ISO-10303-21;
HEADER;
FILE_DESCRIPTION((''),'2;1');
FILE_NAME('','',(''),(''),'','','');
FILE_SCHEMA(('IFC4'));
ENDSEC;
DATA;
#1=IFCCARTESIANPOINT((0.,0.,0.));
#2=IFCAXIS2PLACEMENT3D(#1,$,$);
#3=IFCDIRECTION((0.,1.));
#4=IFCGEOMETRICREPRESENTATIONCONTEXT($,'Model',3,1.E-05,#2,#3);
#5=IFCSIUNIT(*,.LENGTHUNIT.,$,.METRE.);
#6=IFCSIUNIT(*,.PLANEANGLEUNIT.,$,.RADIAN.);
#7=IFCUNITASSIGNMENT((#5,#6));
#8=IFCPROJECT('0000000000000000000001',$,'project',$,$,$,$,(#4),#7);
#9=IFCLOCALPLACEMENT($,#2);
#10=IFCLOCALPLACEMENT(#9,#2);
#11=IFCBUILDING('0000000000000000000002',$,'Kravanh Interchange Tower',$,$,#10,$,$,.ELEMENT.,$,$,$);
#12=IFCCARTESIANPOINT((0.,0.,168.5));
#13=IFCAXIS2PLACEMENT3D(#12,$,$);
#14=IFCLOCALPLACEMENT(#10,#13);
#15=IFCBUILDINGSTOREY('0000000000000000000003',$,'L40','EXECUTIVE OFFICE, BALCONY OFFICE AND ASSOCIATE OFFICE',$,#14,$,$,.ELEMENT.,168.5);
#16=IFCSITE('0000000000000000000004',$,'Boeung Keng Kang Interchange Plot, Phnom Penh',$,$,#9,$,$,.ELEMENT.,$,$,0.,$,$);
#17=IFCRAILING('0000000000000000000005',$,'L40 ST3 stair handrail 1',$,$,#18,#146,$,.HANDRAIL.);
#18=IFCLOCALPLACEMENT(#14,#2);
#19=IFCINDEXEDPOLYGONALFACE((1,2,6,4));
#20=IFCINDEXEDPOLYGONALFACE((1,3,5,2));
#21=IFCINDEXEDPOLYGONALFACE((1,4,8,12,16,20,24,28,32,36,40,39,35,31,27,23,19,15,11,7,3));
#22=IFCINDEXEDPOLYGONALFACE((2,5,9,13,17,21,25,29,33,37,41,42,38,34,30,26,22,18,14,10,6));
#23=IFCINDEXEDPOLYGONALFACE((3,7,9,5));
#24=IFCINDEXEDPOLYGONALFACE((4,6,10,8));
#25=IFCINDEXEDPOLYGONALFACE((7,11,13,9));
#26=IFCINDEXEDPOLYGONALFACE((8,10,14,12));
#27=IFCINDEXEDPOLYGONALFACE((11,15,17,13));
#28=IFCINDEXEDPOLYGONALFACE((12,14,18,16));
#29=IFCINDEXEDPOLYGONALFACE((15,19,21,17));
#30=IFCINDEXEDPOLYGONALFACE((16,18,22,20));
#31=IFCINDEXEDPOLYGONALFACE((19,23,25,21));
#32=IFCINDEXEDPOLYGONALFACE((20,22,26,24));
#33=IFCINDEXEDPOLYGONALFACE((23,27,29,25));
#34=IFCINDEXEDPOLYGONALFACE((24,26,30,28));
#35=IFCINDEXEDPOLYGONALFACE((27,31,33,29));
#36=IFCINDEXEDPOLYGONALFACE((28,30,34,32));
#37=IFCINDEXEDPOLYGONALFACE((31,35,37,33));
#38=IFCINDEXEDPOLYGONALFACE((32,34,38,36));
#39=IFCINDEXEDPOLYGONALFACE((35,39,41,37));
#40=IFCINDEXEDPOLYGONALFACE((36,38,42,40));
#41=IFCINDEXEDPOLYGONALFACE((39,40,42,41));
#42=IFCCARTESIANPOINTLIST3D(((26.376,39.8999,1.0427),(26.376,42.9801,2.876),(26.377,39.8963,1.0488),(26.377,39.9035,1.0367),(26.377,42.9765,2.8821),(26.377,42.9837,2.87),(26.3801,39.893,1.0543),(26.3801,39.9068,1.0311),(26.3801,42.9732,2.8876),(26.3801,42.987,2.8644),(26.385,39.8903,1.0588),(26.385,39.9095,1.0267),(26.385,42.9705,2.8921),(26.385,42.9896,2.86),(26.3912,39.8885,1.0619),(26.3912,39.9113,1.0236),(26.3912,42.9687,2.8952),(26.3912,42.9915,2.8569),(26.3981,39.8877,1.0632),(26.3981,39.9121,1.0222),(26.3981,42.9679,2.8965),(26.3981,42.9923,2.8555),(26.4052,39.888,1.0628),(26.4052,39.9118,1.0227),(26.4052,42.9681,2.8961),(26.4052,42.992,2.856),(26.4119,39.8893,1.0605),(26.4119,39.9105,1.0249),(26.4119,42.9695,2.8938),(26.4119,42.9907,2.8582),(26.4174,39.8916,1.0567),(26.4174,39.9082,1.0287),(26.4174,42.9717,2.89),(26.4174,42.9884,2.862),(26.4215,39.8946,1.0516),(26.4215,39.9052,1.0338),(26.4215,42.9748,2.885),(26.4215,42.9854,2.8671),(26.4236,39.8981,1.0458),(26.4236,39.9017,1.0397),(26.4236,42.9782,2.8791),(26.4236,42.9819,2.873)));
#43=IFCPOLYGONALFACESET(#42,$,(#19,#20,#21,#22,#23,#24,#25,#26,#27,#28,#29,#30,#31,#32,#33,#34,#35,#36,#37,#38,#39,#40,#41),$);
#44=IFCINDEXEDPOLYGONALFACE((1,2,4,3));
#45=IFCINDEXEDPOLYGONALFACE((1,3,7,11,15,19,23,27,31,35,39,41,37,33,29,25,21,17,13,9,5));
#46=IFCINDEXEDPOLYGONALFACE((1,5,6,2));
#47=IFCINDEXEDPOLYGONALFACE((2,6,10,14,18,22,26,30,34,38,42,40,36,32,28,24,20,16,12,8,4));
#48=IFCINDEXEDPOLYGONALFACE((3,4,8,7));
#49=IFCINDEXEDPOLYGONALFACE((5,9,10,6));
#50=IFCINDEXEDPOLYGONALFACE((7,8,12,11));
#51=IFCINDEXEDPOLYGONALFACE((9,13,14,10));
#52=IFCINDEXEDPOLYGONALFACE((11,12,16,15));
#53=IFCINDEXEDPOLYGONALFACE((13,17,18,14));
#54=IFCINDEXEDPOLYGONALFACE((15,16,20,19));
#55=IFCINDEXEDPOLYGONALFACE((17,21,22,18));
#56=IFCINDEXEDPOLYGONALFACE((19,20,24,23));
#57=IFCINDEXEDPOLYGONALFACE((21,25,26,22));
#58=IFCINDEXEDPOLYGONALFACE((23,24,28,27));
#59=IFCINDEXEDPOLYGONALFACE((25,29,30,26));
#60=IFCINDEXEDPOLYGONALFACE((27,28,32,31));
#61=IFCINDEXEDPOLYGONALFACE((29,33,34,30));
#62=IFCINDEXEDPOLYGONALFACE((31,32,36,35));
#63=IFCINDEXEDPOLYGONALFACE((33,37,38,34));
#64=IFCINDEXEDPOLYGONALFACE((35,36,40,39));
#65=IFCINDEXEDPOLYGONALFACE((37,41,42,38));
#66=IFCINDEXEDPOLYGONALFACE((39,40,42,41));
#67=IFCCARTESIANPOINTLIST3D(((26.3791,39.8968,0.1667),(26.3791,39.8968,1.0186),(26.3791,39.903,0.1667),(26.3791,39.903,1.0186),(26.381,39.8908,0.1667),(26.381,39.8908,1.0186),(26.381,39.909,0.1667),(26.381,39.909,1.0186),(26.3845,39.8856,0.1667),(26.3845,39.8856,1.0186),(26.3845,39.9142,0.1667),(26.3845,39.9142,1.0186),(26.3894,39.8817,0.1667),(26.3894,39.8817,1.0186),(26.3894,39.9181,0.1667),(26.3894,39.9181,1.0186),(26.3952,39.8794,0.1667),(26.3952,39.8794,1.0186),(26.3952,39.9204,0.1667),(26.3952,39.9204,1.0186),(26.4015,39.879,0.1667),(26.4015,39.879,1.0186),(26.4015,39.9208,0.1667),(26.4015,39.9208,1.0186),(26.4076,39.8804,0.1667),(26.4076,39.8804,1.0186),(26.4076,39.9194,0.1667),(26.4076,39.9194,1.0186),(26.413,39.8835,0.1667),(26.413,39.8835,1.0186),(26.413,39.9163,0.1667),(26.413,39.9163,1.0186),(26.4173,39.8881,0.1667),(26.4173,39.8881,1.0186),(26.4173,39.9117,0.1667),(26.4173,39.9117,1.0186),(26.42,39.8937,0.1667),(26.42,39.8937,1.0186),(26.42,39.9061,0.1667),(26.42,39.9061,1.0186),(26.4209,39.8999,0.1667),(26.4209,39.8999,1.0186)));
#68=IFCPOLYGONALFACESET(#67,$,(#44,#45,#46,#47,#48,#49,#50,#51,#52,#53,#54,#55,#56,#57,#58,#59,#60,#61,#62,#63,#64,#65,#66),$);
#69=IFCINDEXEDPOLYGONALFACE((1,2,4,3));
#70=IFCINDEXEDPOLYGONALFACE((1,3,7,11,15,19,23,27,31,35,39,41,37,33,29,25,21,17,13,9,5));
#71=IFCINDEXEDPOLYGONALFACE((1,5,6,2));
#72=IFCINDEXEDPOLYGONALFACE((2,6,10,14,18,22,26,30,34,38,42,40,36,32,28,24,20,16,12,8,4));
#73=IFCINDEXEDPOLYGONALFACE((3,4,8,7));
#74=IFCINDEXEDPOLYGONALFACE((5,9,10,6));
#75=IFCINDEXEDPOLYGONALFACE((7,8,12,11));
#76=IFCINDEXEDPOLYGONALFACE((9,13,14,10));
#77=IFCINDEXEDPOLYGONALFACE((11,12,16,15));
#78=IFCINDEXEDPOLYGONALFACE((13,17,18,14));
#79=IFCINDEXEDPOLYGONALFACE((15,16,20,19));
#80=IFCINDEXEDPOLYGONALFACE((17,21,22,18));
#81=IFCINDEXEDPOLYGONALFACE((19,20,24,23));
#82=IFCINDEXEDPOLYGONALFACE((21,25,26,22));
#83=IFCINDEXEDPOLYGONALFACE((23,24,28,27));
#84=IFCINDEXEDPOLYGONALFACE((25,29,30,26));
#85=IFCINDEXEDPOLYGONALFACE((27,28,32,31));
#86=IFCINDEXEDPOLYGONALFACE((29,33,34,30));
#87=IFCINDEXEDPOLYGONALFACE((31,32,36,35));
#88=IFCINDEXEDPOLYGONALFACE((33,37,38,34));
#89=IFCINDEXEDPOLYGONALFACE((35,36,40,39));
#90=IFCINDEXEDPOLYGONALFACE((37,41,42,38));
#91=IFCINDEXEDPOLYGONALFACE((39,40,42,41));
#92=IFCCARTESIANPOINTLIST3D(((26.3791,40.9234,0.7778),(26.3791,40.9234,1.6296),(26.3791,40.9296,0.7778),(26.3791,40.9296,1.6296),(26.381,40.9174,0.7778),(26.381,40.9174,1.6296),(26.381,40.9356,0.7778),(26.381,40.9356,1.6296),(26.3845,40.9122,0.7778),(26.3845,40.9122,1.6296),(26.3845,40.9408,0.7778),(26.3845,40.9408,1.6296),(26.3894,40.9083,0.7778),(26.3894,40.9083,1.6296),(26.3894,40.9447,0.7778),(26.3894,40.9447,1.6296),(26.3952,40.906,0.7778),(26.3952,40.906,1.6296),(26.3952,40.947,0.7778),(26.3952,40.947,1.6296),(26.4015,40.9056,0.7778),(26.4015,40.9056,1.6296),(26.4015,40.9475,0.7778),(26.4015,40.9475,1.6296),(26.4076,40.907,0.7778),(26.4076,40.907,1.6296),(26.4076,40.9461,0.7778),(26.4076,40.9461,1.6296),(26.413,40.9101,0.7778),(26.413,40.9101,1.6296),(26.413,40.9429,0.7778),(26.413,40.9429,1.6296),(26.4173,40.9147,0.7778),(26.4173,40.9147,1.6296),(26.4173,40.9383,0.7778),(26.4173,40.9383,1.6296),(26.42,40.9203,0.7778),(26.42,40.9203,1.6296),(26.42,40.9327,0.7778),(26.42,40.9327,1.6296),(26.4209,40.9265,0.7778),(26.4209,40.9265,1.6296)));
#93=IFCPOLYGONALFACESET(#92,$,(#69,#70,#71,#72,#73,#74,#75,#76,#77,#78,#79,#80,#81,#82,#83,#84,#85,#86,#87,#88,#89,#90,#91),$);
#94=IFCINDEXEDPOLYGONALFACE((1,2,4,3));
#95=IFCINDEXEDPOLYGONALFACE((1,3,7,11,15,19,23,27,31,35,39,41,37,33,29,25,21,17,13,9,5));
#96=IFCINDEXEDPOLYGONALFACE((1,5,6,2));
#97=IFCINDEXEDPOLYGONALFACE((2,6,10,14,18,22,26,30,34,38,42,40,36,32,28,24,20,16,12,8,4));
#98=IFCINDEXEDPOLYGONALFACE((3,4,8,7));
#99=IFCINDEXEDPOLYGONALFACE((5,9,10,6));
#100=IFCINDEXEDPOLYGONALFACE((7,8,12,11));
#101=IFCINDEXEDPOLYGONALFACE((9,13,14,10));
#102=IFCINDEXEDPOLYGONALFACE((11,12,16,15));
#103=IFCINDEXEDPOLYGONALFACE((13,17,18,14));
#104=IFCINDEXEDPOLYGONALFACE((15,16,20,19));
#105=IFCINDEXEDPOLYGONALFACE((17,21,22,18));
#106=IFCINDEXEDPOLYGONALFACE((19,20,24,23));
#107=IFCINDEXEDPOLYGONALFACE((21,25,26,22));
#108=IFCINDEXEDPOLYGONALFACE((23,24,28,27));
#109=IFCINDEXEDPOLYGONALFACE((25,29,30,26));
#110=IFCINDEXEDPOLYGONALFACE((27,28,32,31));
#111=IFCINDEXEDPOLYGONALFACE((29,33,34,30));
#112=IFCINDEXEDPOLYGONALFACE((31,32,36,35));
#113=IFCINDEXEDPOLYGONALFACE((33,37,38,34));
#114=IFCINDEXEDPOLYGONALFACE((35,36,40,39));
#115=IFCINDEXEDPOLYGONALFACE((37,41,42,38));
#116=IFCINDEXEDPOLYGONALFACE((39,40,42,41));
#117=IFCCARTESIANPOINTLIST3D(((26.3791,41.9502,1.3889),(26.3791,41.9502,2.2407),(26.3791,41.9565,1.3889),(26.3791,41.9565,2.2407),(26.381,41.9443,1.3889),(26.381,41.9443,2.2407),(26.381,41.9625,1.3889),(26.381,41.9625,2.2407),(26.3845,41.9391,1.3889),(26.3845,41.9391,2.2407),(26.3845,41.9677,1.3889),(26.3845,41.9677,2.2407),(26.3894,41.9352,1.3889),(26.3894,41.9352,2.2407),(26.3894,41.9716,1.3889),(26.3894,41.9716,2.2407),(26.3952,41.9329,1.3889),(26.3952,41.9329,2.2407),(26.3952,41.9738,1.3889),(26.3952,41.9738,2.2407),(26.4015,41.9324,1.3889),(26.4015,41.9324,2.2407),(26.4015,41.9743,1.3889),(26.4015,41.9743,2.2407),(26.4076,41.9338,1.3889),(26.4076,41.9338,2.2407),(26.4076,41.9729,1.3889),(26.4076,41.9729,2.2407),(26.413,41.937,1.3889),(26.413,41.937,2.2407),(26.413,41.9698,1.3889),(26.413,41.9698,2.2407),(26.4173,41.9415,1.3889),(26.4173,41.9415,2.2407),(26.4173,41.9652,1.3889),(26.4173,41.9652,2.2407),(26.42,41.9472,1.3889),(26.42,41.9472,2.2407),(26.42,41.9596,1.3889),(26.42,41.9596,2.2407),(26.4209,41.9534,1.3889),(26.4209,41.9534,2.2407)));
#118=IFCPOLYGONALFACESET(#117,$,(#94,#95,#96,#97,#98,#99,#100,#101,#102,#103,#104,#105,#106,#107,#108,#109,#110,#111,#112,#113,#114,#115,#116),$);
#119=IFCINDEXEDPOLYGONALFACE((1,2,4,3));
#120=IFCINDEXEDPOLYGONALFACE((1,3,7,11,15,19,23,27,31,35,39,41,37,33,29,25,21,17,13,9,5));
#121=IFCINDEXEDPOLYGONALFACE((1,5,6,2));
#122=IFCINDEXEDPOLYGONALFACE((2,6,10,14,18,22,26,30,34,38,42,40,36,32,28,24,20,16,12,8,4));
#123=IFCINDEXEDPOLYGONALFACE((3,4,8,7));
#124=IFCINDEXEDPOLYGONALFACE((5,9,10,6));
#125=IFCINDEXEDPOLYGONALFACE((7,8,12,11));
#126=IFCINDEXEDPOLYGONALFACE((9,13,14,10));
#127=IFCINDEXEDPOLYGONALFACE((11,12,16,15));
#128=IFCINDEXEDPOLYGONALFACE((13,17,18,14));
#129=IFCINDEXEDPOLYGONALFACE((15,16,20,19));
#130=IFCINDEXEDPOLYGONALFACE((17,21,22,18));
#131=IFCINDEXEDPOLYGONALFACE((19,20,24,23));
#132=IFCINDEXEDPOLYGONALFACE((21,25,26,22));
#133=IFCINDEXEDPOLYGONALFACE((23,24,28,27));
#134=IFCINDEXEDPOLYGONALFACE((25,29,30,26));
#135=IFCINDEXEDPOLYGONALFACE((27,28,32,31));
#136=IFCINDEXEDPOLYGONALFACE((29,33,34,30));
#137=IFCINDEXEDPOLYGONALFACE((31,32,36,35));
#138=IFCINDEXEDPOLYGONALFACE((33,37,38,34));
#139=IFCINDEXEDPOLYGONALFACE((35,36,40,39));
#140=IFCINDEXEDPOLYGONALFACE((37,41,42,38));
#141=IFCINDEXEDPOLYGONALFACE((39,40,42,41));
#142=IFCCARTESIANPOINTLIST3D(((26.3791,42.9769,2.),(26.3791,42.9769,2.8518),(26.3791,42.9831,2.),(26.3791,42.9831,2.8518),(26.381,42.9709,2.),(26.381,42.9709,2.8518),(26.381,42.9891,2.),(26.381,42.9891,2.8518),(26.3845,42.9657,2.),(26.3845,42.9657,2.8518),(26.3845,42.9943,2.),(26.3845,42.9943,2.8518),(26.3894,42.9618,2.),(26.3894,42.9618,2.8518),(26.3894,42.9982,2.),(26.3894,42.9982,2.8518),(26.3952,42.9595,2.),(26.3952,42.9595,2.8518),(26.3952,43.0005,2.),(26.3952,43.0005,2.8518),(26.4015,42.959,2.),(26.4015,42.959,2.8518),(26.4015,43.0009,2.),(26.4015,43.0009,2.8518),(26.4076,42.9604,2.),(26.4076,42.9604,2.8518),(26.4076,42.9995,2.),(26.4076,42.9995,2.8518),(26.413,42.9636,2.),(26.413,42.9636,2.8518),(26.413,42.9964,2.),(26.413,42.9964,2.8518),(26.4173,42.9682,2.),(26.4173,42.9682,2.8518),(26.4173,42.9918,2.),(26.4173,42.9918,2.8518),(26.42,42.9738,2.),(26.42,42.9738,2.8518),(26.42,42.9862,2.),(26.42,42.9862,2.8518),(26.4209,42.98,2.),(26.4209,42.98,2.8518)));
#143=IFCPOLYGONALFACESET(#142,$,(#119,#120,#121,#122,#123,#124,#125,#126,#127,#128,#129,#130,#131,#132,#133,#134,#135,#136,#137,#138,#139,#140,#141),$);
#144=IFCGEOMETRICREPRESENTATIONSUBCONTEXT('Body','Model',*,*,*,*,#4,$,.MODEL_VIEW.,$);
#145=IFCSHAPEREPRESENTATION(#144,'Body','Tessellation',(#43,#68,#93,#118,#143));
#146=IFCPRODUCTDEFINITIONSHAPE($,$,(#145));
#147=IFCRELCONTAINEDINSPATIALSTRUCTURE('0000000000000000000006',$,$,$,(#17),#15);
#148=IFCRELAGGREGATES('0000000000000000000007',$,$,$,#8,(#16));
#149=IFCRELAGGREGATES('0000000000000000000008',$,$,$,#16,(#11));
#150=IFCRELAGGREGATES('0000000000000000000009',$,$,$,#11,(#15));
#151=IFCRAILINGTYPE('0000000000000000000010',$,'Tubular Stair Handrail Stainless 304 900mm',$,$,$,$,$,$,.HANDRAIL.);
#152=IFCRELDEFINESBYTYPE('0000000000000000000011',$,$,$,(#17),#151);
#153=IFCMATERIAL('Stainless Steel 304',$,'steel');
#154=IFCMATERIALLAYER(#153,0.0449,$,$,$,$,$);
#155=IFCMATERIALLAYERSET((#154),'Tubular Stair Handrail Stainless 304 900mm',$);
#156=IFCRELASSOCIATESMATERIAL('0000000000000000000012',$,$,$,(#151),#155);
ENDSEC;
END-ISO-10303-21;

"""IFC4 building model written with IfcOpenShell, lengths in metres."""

from ifc_helpers import new_model, si_unit, direction, frame, origin, origin_2d, place, context, subcontext, project, spatial, circle, extrude, material, layer, layer_set, type_object, element, save


model = new_model("IFC4")

# Units and contexts
model_context = context("Model", 3, precision=1e-05, world=origin(), true_north=direction((0.0, 1.0)))
body_context = subcontext(model_context, "Body", "Model", "MODEL_VIEW")
ifc_project = project(units=[si_unit("LENGTHUNIT", "METRE"), si_unit("PLANEANGLEUNIT", "RADIAN")], contexts=[model_context])

# Site, building, storey
site_placement = place(None, origin())
site = spatial("IfcSite", under=ifc_project, at=site_placement, Name="Boeung Keng Kang Interchange Plot, Phnom Penh", CompositionType="ELEMENT", RefElevation=0.0)
building_placement = place(site_placement, origin())
building = spatial("IfcBuilding", under=site, at=building_placement, Name="Kravanh Interchange Tower", CompositionType="ELEMENT")
storey_placement = place(building_placement, frame((0.0, 0.0, 168.5)))
storey = spatial("IfcBuildingStorey", under=building, at=storey_placement, Name="L40", Description="EXECUTIVE OFFICE, BALCONY OFFICE AND ASSOCIATE OFFICE", CompositionType="ELEMENT", Elevation=168.5)

# Railing
ifc_material_1 = material(Name="Stainless Steel 304", Category="steel")
ifc_layer_1 = layer(ifc_material_1, 0.0449)
ifc_layer_set_1 = layer_set([ifc_layer_1], Name="Tubular Stair Handrail Stainless 304 900mm")
railing_type_1 = type_object("IfcRailingType", Name="Tubular Stair Handrail Stainless 304 900mm", PredefinedType="HANDRAIL", material=ifc_layer_set_1)
railing_1_placement = place(storey_placement, frame((26.3999, 39.8999, 0.1667)))
element("IfcRailing", 1, at=railing_1_placement, inside=storey, type_object=railing_type_1, Name="L40 ST3 stair handrail 1", PredefinedType="HANDRAIL", context=body_context, shape_type="SweptSolid", body=[
    extrude(circle(Radius=0.0239, at=origin_2d()), frame((0.0, 0.0, 0.876), z_axis=(0.0, 0.859309, 0.511458), x_axis=(-1.0, 0.0, 0.0)), (0.0, 0.0, 1.0), 3.5845),
    extrude(circle(Radius=0.021, at=origin_2d()), origin(), (0.0, 0.0, 1.0), 0.8518),
    extrude(circle(Radius=0.021, at=origin_2d()), frame((0.0, 1.0266, 0.6111)), (0.0, 0.0, 1.0), 0.8518),
    extrude(circle(Radius=0.021, at=origin_2d()), frame((0.0, 2.0535, 1.2222)), (0.0, 0.0, 1.0), 0.8518),
    extrude(circle(Radius=0.021, at=origin_2d()), frame((0.0, 3.0801, 1.8333)), (0.0, 0.0, 1.0), 0.8518),
])

save(model, "model.ifc")
